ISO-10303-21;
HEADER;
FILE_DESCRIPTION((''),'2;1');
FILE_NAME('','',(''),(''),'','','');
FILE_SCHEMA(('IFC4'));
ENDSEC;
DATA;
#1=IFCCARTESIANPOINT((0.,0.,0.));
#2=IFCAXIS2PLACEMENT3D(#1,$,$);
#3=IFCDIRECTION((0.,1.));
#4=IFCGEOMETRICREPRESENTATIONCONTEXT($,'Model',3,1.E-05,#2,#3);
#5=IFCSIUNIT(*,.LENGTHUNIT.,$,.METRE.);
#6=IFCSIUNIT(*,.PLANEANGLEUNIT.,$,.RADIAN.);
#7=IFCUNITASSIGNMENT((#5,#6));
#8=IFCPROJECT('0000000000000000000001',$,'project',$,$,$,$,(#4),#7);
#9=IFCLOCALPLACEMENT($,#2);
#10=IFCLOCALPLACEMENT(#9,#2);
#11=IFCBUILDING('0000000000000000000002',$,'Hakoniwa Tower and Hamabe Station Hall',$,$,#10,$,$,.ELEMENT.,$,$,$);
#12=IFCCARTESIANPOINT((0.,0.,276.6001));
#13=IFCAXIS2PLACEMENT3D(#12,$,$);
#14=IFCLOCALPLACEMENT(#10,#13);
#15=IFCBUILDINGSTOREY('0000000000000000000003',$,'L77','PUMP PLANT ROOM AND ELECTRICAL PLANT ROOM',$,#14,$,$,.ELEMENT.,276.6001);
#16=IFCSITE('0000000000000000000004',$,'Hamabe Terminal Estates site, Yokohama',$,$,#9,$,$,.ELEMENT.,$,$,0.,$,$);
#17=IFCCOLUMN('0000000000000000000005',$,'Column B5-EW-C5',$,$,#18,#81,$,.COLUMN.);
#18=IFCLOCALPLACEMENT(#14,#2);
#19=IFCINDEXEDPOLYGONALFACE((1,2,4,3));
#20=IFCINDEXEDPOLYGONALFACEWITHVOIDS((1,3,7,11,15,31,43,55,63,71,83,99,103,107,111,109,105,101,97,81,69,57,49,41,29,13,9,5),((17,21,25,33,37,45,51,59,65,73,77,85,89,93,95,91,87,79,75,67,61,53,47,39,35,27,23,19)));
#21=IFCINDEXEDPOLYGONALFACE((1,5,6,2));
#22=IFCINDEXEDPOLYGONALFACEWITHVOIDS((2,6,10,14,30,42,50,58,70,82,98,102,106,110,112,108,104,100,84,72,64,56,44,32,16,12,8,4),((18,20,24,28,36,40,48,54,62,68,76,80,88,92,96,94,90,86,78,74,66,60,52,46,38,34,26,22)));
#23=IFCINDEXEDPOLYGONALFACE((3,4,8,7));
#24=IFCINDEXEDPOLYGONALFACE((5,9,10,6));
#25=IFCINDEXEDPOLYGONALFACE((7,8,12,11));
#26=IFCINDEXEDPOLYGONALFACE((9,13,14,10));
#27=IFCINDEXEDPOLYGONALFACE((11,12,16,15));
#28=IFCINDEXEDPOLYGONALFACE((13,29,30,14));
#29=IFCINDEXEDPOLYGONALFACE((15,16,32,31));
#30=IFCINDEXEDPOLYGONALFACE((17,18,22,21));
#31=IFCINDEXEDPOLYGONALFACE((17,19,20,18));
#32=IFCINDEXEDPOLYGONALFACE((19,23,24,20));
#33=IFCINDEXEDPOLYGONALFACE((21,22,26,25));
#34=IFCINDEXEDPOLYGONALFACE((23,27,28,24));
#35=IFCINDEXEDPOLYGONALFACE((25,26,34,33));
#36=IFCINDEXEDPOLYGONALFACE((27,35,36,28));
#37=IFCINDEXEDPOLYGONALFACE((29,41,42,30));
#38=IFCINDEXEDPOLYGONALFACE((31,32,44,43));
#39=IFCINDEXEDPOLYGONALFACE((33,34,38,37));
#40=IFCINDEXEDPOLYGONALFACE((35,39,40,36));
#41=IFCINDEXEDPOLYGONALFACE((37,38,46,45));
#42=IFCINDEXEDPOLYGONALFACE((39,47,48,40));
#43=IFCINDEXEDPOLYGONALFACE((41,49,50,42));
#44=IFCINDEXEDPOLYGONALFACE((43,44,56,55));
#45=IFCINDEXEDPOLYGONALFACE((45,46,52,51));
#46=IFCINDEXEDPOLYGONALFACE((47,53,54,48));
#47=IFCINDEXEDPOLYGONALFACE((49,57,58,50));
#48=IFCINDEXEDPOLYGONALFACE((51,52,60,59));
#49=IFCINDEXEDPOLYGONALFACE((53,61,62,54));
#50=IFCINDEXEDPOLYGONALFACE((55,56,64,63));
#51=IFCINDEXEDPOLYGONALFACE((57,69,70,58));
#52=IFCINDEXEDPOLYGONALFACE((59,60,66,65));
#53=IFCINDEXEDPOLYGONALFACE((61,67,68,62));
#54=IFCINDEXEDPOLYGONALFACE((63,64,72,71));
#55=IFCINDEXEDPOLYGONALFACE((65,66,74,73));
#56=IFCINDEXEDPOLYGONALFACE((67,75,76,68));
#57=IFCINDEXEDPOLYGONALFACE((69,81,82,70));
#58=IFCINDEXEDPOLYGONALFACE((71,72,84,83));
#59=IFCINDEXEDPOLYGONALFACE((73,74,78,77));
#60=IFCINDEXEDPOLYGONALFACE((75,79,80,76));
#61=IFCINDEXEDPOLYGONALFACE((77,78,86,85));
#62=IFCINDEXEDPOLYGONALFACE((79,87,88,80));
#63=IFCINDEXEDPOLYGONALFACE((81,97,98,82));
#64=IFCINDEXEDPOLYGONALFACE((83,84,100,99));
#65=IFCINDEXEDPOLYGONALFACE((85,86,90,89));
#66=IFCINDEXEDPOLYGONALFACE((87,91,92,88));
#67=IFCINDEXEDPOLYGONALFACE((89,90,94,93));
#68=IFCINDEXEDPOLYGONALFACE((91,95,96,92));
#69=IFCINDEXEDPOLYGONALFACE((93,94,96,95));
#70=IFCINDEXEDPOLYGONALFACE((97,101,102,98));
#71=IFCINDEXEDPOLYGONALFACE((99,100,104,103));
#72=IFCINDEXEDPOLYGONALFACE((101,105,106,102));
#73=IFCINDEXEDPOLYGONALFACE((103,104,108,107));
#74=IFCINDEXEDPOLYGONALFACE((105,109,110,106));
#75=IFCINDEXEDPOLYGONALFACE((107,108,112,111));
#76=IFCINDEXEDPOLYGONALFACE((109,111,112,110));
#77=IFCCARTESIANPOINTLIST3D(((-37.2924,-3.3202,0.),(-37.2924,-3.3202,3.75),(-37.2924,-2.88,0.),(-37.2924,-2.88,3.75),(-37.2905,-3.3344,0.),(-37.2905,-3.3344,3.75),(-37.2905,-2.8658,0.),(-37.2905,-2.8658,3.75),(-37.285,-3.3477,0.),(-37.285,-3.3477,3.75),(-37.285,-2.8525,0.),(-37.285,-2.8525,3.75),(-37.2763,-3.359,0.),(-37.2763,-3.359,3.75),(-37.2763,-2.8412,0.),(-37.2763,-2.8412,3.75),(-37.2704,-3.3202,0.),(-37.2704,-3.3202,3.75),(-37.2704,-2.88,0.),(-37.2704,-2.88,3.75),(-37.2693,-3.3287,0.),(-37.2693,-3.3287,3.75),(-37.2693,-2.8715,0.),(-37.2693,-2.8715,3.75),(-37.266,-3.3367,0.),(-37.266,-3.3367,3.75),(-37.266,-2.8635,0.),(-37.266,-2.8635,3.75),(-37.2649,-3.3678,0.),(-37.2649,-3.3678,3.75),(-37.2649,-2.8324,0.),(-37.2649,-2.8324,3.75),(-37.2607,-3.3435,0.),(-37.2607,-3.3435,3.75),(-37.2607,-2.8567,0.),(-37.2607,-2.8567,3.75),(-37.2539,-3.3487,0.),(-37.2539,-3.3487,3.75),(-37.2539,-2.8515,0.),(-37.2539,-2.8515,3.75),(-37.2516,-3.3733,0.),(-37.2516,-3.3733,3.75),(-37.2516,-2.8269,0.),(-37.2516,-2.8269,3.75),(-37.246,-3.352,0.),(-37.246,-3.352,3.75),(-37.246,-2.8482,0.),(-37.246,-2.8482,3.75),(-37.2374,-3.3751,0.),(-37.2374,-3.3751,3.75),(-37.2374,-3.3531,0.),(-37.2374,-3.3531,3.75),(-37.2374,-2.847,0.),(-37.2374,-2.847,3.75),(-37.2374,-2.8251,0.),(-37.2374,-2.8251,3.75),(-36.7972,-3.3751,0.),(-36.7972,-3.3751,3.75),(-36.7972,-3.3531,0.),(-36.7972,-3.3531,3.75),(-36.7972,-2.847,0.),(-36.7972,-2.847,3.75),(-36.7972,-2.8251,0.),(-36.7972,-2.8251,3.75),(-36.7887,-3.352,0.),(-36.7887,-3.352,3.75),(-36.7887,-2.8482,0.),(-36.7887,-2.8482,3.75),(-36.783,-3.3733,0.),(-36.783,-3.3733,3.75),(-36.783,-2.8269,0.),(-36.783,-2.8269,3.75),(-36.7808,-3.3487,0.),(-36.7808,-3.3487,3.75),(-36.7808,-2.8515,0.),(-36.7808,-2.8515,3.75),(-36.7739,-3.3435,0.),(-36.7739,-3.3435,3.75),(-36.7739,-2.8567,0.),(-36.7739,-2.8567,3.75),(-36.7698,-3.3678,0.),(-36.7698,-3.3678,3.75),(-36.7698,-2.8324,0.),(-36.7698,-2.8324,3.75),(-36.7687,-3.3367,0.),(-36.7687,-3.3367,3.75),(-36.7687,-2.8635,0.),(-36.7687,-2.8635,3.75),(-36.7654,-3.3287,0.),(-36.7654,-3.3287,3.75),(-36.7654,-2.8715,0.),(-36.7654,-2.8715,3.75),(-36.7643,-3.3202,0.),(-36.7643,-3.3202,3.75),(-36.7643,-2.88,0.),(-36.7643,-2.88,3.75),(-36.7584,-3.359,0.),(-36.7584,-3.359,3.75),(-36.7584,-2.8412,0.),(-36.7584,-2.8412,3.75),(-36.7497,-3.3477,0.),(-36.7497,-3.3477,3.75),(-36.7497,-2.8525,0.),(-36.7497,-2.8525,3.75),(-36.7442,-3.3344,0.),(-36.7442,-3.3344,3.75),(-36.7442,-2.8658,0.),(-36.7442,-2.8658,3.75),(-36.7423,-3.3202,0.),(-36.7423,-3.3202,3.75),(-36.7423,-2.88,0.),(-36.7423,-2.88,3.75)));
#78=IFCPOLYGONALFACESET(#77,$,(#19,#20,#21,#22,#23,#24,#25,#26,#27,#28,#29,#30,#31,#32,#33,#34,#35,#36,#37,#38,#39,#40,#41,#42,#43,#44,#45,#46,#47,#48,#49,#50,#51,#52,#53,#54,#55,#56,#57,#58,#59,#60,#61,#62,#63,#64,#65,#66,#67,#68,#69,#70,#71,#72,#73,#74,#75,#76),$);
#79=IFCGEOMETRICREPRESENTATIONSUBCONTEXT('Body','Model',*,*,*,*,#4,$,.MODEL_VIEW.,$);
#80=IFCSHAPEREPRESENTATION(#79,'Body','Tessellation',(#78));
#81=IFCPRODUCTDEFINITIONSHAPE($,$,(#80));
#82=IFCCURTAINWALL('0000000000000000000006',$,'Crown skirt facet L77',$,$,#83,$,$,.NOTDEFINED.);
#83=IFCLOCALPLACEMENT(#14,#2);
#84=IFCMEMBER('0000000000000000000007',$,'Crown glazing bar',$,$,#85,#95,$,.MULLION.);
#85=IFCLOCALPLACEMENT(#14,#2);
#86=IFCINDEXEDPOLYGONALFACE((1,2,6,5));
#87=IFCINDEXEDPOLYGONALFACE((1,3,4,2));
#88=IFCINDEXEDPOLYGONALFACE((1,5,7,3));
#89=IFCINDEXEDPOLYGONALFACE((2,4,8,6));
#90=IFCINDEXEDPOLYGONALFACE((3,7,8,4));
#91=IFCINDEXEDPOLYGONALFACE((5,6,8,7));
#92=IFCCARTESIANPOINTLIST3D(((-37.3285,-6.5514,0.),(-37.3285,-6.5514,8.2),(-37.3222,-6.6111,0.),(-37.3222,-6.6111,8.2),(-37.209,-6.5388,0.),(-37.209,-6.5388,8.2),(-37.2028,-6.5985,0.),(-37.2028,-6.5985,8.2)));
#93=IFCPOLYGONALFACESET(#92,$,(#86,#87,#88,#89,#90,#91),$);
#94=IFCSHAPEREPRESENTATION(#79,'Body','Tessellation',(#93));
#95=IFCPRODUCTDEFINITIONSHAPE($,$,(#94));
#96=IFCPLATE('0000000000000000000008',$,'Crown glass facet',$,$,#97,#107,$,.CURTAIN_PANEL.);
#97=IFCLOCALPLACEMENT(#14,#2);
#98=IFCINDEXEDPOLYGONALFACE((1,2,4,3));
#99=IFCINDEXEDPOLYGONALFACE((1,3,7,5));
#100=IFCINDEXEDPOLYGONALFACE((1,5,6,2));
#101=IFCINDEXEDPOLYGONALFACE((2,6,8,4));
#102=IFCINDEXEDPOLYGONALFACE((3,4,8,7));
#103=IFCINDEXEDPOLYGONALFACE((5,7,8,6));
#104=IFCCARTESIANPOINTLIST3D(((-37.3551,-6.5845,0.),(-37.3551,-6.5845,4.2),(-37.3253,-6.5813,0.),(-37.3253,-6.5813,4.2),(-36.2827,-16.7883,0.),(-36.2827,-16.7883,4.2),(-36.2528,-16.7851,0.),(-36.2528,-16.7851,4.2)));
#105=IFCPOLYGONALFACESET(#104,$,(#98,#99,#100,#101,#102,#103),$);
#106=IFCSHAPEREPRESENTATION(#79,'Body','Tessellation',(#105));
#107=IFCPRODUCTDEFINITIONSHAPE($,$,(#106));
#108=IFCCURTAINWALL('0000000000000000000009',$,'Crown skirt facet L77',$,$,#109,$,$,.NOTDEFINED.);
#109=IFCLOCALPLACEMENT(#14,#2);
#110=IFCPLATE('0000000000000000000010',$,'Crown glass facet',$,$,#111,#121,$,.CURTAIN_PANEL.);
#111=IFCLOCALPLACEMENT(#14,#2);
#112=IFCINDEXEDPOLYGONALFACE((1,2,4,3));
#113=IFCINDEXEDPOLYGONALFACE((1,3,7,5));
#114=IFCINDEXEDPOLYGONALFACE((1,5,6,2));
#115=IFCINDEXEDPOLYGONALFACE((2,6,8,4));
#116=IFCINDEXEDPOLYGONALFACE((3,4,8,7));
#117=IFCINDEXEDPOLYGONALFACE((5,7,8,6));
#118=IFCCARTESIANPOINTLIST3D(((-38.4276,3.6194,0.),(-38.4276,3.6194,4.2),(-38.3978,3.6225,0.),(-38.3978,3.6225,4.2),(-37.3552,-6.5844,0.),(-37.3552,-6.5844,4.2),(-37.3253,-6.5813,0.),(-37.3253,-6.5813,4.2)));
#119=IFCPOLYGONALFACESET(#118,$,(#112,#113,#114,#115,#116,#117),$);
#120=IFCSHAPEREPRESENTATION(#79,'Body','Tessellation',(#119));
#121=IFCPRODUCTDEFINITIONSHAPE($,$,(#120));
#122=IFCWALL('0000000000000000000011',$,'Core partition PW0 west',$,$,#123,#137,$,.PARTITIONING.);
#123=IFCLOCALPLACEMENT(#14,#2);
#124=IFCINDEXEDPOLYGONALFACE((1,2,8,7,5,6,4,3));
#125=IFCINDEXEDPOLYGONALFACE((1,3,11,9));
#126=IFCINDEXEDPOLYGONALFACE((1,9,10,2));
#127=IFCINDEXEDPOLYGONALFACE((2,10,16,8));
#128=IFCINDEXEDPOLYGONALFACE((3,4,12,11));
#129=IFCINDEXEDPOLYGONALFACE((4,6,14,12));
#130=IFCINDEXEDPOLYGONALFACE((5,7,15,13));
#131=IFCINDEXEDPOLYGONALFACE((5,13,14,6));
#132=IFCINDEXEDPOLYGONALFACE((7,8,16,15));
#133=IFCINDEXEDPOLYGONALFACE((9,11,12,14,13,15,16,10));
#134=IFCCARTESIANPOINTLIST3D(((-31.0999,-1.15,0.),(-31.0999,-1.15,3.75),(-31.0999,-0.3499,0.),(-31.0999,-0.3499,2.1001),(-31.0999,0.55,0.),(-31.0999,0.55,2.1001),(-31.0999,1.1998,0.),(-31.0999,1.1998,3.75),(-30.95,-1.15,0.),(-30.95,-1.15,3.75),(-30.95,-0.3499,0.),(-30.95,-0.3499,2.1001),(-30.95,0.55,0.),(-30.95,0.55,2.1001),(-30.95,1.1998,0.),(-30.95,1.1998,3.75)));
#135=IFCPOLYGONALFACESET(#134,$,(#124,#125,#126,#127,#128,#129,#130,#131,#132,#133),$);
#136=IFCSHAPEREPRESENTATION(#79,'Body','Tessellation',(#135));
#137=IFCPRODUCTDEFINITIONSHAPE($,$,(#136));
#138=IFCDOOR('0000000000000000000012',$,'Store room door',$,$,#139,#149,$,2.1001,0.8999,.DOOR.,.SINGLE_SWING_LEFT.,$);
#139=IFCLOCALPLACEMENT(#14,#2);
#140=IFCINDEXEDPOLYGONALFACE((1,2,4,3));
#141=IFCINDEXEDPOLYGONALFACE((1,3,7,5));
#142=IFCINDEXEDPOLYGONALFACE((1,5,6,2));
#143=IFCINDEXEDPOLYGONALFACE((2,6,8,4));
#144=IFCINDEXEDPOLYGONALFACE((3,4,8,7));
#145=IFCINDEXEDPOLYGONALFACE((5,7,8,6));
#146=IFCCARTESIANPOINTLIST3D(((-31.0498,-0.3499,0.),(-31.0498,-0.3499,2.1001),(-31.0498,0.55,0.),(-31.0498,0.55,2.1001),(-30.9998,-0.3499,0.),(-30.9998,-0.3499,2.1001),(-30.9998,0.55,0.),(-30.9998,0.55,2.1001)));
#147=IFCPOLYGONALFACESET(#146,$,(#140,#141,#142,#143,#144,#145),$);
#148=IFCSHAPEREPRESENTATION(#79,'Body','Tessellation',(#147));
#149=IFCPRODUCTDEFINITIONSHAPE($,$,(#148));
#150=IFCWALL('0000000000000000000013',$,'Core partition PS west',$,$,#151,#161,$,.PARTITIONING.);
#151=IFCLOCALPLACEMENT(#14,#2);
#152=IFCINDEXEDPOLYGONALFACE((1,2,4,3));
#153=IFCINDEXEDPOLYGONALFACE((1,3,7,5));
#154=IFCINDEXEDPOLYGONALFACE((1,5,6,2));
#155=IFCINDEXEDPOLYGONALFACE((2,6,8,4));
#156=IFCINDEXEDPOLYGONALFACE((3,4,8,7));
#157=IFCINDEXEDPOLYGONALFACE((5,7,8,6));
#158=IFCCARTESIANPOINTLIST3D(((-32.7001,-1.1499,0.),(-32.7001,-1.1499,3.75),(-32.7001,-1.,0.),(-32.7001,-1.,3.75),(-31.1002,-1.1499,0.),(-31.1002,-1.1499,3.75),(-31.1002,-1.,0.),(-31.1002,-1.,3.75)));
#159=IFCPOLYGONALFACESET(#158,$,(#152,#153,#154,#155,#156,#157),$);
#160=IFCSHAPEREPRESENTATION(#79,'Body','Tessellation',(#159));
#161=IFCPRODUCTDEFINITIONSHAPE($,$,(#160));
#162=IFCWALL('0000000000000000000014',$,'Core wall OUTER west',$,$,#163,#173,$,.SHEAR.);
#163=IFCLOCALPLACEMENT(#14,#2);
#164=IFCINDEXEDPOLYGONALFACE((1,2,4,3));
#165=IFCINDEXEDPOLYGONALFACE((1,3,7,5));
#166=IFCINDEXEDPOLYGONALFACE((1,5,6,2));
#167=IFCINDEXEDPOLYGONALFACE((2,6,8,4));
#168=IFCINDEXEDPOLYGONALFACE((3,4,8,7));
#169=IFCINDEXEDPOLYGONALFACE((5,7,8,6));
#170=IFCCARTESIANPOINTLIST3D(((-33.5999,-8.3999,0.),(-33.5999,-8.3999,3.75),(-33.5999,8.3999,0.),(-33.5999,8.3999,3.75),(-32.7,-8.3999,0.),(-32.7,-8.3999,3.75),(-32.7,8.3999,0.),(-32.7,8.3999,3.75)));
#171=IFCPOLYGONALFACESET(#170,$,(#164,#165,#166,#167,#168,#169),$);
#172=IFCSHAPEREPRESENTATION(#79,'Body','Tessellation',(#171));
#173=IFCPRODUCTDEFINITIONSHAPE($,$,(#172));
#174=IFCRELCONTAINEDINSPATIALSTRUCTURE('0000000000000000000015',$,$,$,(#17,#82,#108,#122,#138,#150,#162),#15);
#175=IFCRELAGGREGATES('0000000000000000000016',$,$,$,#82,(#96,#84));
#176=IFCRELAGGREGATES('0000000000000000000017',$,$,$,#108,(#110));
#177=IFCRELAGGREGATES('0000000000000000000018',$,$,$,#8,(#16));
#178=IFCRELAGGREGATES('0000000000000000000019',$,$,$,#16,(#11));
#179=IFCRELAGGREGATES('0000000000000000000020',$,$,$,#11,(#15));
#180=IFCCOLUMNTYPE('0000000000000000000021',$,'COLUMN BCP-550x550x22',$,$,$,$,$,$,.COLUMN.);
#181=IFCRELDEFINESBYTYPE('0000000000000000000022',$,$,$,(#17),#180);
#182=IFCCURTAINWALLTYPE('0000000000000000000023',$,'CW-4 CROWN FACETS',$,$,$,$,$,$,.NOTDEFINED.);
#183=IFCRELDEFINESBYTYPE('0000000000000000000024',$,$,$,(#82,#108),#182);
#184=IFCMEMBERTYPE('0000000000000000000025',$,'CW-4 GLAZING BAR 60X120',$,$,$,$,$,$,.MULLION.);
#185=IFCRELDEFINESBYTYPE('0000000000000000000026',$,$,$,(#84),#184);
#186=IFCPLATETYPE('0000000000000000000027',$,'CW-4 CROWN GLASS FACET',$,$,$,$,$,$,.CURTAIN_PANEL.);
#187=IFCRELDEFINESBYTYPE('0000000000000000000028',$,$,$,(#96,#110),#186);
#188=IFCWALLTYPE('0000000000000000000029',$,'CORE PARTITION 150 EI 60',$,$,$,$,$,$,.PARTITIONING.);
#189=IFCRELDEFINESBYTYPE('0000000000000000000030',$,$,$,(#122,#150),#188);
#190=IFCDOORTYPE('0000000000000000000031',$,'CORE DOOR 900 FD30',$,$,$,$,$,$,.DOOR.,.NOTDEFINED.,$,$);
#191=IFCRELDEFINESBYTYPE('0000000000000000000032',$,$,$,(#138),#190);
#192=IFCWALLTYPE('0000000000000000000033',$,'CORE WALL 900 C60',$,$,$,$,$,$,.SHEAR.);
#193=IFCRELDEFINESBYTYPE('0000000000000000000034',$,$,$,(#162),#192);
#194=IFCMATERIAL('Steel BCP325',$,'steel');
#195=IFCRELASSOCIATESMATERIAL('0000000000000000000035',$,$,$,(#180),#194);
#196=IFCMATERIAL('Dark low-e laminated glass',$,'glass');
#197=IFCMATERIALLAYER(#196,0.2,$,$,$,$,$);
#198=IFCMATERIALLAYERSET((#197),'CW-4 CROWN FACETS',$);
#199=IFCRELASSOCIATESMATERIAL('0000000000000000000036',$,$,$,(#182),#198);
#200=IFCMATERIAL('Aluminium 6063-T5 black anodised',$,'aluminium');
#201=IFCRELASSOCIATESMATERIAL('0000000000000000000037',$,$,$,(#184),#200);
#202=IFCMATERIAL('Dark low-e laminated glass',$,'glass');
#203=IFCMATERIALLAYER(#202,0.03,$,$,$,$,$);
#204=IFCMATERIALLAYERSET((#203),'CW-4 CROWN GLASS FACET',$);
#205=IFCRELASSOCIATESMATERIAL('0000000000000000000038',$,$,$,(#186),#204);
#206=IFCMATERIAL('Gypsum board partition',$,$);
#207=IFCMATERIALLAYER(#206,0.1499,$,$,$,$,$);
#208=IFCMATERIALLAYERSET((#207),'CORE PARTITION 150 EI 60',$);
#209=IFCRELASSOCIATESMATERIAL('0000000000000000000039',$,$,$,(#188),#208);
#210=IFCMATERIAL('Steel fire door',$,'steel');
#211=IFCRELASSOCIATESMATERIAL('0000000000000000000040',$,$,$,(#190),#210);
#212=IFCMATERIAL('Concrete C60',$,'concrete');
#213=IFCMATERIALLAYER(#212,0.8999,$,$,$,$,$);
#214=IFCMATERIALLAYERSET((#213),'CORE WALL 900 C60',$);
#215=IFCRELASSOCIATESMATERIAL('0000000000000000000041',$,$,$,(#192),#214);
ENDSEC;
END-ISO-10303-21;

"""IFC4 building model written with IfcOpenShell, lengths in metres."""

from ifc_helpers import new_model, si_unit, direction, frame, frame_2d, origin, origin_2d, place, context, subcontext, project, spatial, rectangle, hollow_rectangle, extrude, material, layer, layer_set, material_profile, profile_set, type_object, element, fill, aggregate, save


model = new_model("IFC4")

# Units and contexts
model_context = context("Model", 3, precision=1e-05, world=origin(), true_north=direction((0.0, 1.0)))
body_context = subcontext(model_context, "Body", "Model", "MODEL_VIEW")
ifc_project = project(units=[si_unit("LENGTHUNIT", "METRE"), si_unit("PLANEANGLEUNIT", "RADIAN")], contexts=[model_context])

# Site, building, storey
site_placement = place(None, origin())
site = spatial("IfcSite", under=ifc_project, at=site_placement, Name="Hamabe Terminal Estates site, Yokohama", CompositionType="ELEMENT", RefElevation=0.0)
building_placement = place(site_placement, origin())
building = spatial("IfcBuilding", under=site, at=building_placement, Name="Hakoniwa Tower and Hamabe Station Hall", CompositionType="ELEMENT")
storey_placement = place(building_placement, frame((0.0, 0.0, 276.6001)))
storey = spatial("IfcBuildingStorey", under=building, at=storey_placement, Name="L77", Description="PUMP PLANT ROOM AND ELECTRICAL PLANT ROOM", CompositionType="ELEMENT", Elevation=276.6001)

# Column
ifc_material_1 = material(Name="Steel BCP325", Category="steel")
ifc_material_profile_1 = material_profile(ifc_material_1, hollow_rectangle(XDim=0.55, YDim=0.55, WallThickness=0.022, InnerFilletRadius=0.033, OuterFilletRadius=0.0549, at=origin_2d()), Name="BCP-550x550x22")
ifc_profile_set_1 = profile_set([ifc_material_profile_1], Name="Steel BCP325")
column_type = type_object("IfcColumnType", Name="COLUMN BCP-550x550x22", PredefinedType="COLUMN", material=ifc_profile_set_1)
column_placement = place(storey_placement, frame((-37.0173, -3.1001, 0.0), z_axis=(0.0, 0.0, 1.0), x_axis=(1.0, 0.0, 0.0)))
element("IfcColumn", 1, at=column_placement, inside=storey, type_object=column_type, Name="Column B5-EW-C5", PredefinedType="COLUMN", context=body_context, shape_type="SweptSolid", body=[
    extrude(hollow_rectangle(XDim=0.55, YDim=0.55, WallThickness=0.022, InnerFilletRadius=0.033, OuterFilletRadius=0.0549, at=origin_2d()), origin(), (0.0, 0.0, 1.0), 3.75),
])

# Curtain wall, member, plate
ifc_material_2 = material(Name="Dark low-e laminated glass", Category="glass")
ifc_layer_1 = layer(ifc_material_2, 0.2)
ifc_layer_set_1 = layer_set([ifc_layer_1], Name="CW-4 CROWN FACETS")
curtain_wall_type = type_object("IfcCurtainWallType", Name="CW-4 CROWN FACETS", PredefinedType="NOTDEFINED", material=ifc_layer_set_1)
curtain_wall_1_placement = place(storey_placement, origin())
curtain_wall_1 = element("IfcCurtainWall", 2, at=curtain_wall_1_placement, inside=storey, type_object=curtain_wall_type, Name="Crown skirt facet L77", PredefinedType="NOTDEFINED")
ifc_material_3 = material(Name="Aluminium 6063-T5 black anodised", Category="aluminium")
ifc_material_profile_2 = material_profile(ifc_material_3, rectangle(XDim=0.0601, YDim=0.1201, at=origin_2d()), Name="CW-4 GLAZING BAR 60X120")
ifc_profile_set_2 = profile_set([ifc_material_profile_2], Name="Aluminium 6063-T5 black anodised")
member_type = type_object("IfcMemberType", Name="CW-4 GLAZING BAR 60X120", PredefinedType="MULLION", material=ifc_profile_set_2)
member_placement = place(storey_placement, frame((-37.2656, -6.575, 0.0), z_axis=(0.0, 0.0, 1.0), x_axis=(-0.104528, 0.994522, 0.0)))
member = element("IfcMember", 3, at=member_placement, type_object=member_type, Name="Crown glazing bar", PredefinedType="MULLION", context=body_context, shape_type="SweptSolid", body=[
    extrude(rectangle(XDim=0.0601, YDim=0.1201, at=origin_2d()), origin(), (0.0, 0.0, 1.0), 8.2),
])
ifc_material_4 = material(Name="Dark low-e laminated glass", Category="glass")
ifc_layer_2 = layer(ifc_material_4, 0.03)
ifc_layer_set_2 = layer_set([ifc_layer_2], Name="CW-4 CROWN GLASS FACET")
plate_type = type_object("IfcPlateType", Name="CW-4 CROWN GLASS FACET", PredefinedType="CURTAIN_PANEL", material=ifc_layer_set_2)
plate_1_placement = place(storey_placement, frame((-36.804, -11.6848, 0.0), z_axis=(0.0, 0.0, 1.0), x_axis=(0.104528, -0.994522, 0.0)))
plate_1 = element("IfcPlate", 4, at=plate_1_placement, type_object=plate_type, Name="Crown glass facet", PredefinedType="CURTAIN_PANEL", context=body_context, shape_type="SweptSolid", body=[
    extrude(rectangle(XDim=10.26, YDim=0.03, at=origin_2d()), origin(), (0.0, 0.0, 1.0), 4.2),
])
aggregate(curtain_wall_1, [plate_1, member])

# Curtain wall, plate
curtain_wall_2_placement = place(storey_placement, origin())
curtain_wall_2 = element("IfcCurtainWall", 5, at=curtain_wall_2_placement, inside=storey, type_object=curtain_wall_type, Name="Crown skirt facet L77", PredefinedType="NOTDEFINED")
plate_2_placement = place(storey_placement, frame((-37.8765, -1.481, 0.0), z_axis=(0.0, 0.0, 1.0), x_axis=(0.104528, -0.994522, 0.0)))
plate_2 = element("IfcPlate", 6, at=plate_2_placement, type_object=plate_type, Name="Crown glass facet", PredefinedType="CURTAIN_PANEL", context=body_context, shape_type="SweptSolid", body=[
    extrude(rectangle(XDim=10.26, YDim=0.03, at=origin_2d()), origin(), (0.0, 0.0, 1.0), 4.2),
])
aggregate(curtain_wall_2, [plate_2])

# Wall, opening, door
ifc_material_5 = material(Name="Gypsum board partition")
ifc_layer_3 = layer(ifc_material_5, 0.1499)
ifc_layer_set_3 = layer_set([ifc_layer_3], Name="CORE PARTITION 150 EI 60")
wall_type_1 = type_object("IfcWallType", Name="CORE PARTITION 150 EI 60", PredefinedType="PARTITIONING", material=ifc_layer_set_3)
wall_1_placement = place(storey_placement, frame((-31.0249, -1.1499, 0.0), z_axis=(0.0, 0.0, 1.0), x_axis=(0.0, 1.0, 0.0)))
wall_1 = element("IfcWall", 7, at=wall_1_placement, inside=storey, type_object=wall_type_1, Name="Core partition PW0 west", PredefinedType="PARTITIONING", context=body_context, shape_type="SweptSolid", body=[
    extrude(rectangle(XDim=2.3499, YDim=0.1499, at=frame_2d((1.1748, 0.0))), origin(), (0.0, 0.0, 1.0), 3.75),
])
opening_1_placement = place(wall_1_placement, frame((0.8, 0.0, 0.0)))
opening_1 = element("IfcOpeningElement", 8, at=opening_1_placement, cuts=wall_1, PredefinedType="OPENING", context=body_context, shape_type="SweptSolid", body=[
    extrude(rectangle(XDim=0.8999, YDim=2.1001, at=frame_2d((0.45, 1.05))), frame((0.0, 0.085, 0.0), z_axis=(0.0, -1.0, 0.0), x_axis=(1.0, 0.0, 0.0)), (0.0, 0.0, 1.0), 0.1699),
])
ifc_material_6 = material(Name="Steel fire door", Category="steel")
door_type_1 = type_object("IfcDoorType", Name="CORE DOOR 900 FD30", OperationType="NOTDEFINED", PredefinedType="DOOR", material=ifc_material_6)
door_1_placement = place(opening_1_placement, origin())
door_1 = element("IfcDoor", 9, at=door_1_placement, inside=storey, type_object=door_type_1, Name="Store room door", OperationType="SINGLE_SWING_LEFT", OverallHeight=2.1001, OverallWidth=0.8999, PredefinedType="DOOR", context=body_context, shape_type="SweptSolid", body=[
    extrude(rectangle(XDim=0.8999, YDim=2.1001, at=frame_2d((0.45, 1.05))), frame((0.0, 0.0249, 0.0), z_axis=(0.0, -1.0, 0.0), x_axis=(1.0, 0.0, 0.0)), (0.0, 0.0, 1.0), 0.05),
])
fill(opening_1, door_1)

# Walls
wall_2_placement = place(storey_placement, frame((-32.7, -1.075, 0.0), z_axis=(0.0, 0.0, 1.0), x_axis=(1.0, 0.0, 0.0)))
element("IfcWall", 10, at=wall_2_placement, inside=storey, type_object=wall_type_1, Name="Core partition PS west", PredefinedType="PARTITIONING", context=body_context, shape_type="SweptSolid", body=[
    extrude(rectangle(XDim=1.5999, YDim=0.1499, at=frame_2d((0.7998, 0.0))), origin(), (0.0, 0.0, 1.0), 3.75),
])
ifc_material_7 = material(Name="Concrete C60", Category="concrete")
ifc_layer_4 = layer(ifc_material_7, 0.8999)
ifc_layer_set_4 = layer_set([ifc_layer_4], Name="CORE WALL 900 C60")
wall_type_2 = type_object("IfcWallType", Name="CORE WALL 900 C60", PredefinedType="SHEAR", material=ifc_layer_set_4)
wall_3_placement = place(storey_placement, frame((-33.1499, -8.3999, 0.0), z_axis=(0.0, 0.0, 1.0), x_axis=(0.0, 1.0, 0.0)))
element("IfcWall", 11, at=wall_3_placement, inside=storey, type_object=wall_type_2, Name="Core wall OUTER west", PredefinedType="SHEAR", context=body_context, shape_type="SweptSolid", body=[
    extrude(rectangle(XDim=16.7998, YDim=0.8999, at=frame_2d((8.3999, 0.0))), origin(), (0.0, 0.0, 1.0), 3.75),
])

save(model, "model.ifc")
